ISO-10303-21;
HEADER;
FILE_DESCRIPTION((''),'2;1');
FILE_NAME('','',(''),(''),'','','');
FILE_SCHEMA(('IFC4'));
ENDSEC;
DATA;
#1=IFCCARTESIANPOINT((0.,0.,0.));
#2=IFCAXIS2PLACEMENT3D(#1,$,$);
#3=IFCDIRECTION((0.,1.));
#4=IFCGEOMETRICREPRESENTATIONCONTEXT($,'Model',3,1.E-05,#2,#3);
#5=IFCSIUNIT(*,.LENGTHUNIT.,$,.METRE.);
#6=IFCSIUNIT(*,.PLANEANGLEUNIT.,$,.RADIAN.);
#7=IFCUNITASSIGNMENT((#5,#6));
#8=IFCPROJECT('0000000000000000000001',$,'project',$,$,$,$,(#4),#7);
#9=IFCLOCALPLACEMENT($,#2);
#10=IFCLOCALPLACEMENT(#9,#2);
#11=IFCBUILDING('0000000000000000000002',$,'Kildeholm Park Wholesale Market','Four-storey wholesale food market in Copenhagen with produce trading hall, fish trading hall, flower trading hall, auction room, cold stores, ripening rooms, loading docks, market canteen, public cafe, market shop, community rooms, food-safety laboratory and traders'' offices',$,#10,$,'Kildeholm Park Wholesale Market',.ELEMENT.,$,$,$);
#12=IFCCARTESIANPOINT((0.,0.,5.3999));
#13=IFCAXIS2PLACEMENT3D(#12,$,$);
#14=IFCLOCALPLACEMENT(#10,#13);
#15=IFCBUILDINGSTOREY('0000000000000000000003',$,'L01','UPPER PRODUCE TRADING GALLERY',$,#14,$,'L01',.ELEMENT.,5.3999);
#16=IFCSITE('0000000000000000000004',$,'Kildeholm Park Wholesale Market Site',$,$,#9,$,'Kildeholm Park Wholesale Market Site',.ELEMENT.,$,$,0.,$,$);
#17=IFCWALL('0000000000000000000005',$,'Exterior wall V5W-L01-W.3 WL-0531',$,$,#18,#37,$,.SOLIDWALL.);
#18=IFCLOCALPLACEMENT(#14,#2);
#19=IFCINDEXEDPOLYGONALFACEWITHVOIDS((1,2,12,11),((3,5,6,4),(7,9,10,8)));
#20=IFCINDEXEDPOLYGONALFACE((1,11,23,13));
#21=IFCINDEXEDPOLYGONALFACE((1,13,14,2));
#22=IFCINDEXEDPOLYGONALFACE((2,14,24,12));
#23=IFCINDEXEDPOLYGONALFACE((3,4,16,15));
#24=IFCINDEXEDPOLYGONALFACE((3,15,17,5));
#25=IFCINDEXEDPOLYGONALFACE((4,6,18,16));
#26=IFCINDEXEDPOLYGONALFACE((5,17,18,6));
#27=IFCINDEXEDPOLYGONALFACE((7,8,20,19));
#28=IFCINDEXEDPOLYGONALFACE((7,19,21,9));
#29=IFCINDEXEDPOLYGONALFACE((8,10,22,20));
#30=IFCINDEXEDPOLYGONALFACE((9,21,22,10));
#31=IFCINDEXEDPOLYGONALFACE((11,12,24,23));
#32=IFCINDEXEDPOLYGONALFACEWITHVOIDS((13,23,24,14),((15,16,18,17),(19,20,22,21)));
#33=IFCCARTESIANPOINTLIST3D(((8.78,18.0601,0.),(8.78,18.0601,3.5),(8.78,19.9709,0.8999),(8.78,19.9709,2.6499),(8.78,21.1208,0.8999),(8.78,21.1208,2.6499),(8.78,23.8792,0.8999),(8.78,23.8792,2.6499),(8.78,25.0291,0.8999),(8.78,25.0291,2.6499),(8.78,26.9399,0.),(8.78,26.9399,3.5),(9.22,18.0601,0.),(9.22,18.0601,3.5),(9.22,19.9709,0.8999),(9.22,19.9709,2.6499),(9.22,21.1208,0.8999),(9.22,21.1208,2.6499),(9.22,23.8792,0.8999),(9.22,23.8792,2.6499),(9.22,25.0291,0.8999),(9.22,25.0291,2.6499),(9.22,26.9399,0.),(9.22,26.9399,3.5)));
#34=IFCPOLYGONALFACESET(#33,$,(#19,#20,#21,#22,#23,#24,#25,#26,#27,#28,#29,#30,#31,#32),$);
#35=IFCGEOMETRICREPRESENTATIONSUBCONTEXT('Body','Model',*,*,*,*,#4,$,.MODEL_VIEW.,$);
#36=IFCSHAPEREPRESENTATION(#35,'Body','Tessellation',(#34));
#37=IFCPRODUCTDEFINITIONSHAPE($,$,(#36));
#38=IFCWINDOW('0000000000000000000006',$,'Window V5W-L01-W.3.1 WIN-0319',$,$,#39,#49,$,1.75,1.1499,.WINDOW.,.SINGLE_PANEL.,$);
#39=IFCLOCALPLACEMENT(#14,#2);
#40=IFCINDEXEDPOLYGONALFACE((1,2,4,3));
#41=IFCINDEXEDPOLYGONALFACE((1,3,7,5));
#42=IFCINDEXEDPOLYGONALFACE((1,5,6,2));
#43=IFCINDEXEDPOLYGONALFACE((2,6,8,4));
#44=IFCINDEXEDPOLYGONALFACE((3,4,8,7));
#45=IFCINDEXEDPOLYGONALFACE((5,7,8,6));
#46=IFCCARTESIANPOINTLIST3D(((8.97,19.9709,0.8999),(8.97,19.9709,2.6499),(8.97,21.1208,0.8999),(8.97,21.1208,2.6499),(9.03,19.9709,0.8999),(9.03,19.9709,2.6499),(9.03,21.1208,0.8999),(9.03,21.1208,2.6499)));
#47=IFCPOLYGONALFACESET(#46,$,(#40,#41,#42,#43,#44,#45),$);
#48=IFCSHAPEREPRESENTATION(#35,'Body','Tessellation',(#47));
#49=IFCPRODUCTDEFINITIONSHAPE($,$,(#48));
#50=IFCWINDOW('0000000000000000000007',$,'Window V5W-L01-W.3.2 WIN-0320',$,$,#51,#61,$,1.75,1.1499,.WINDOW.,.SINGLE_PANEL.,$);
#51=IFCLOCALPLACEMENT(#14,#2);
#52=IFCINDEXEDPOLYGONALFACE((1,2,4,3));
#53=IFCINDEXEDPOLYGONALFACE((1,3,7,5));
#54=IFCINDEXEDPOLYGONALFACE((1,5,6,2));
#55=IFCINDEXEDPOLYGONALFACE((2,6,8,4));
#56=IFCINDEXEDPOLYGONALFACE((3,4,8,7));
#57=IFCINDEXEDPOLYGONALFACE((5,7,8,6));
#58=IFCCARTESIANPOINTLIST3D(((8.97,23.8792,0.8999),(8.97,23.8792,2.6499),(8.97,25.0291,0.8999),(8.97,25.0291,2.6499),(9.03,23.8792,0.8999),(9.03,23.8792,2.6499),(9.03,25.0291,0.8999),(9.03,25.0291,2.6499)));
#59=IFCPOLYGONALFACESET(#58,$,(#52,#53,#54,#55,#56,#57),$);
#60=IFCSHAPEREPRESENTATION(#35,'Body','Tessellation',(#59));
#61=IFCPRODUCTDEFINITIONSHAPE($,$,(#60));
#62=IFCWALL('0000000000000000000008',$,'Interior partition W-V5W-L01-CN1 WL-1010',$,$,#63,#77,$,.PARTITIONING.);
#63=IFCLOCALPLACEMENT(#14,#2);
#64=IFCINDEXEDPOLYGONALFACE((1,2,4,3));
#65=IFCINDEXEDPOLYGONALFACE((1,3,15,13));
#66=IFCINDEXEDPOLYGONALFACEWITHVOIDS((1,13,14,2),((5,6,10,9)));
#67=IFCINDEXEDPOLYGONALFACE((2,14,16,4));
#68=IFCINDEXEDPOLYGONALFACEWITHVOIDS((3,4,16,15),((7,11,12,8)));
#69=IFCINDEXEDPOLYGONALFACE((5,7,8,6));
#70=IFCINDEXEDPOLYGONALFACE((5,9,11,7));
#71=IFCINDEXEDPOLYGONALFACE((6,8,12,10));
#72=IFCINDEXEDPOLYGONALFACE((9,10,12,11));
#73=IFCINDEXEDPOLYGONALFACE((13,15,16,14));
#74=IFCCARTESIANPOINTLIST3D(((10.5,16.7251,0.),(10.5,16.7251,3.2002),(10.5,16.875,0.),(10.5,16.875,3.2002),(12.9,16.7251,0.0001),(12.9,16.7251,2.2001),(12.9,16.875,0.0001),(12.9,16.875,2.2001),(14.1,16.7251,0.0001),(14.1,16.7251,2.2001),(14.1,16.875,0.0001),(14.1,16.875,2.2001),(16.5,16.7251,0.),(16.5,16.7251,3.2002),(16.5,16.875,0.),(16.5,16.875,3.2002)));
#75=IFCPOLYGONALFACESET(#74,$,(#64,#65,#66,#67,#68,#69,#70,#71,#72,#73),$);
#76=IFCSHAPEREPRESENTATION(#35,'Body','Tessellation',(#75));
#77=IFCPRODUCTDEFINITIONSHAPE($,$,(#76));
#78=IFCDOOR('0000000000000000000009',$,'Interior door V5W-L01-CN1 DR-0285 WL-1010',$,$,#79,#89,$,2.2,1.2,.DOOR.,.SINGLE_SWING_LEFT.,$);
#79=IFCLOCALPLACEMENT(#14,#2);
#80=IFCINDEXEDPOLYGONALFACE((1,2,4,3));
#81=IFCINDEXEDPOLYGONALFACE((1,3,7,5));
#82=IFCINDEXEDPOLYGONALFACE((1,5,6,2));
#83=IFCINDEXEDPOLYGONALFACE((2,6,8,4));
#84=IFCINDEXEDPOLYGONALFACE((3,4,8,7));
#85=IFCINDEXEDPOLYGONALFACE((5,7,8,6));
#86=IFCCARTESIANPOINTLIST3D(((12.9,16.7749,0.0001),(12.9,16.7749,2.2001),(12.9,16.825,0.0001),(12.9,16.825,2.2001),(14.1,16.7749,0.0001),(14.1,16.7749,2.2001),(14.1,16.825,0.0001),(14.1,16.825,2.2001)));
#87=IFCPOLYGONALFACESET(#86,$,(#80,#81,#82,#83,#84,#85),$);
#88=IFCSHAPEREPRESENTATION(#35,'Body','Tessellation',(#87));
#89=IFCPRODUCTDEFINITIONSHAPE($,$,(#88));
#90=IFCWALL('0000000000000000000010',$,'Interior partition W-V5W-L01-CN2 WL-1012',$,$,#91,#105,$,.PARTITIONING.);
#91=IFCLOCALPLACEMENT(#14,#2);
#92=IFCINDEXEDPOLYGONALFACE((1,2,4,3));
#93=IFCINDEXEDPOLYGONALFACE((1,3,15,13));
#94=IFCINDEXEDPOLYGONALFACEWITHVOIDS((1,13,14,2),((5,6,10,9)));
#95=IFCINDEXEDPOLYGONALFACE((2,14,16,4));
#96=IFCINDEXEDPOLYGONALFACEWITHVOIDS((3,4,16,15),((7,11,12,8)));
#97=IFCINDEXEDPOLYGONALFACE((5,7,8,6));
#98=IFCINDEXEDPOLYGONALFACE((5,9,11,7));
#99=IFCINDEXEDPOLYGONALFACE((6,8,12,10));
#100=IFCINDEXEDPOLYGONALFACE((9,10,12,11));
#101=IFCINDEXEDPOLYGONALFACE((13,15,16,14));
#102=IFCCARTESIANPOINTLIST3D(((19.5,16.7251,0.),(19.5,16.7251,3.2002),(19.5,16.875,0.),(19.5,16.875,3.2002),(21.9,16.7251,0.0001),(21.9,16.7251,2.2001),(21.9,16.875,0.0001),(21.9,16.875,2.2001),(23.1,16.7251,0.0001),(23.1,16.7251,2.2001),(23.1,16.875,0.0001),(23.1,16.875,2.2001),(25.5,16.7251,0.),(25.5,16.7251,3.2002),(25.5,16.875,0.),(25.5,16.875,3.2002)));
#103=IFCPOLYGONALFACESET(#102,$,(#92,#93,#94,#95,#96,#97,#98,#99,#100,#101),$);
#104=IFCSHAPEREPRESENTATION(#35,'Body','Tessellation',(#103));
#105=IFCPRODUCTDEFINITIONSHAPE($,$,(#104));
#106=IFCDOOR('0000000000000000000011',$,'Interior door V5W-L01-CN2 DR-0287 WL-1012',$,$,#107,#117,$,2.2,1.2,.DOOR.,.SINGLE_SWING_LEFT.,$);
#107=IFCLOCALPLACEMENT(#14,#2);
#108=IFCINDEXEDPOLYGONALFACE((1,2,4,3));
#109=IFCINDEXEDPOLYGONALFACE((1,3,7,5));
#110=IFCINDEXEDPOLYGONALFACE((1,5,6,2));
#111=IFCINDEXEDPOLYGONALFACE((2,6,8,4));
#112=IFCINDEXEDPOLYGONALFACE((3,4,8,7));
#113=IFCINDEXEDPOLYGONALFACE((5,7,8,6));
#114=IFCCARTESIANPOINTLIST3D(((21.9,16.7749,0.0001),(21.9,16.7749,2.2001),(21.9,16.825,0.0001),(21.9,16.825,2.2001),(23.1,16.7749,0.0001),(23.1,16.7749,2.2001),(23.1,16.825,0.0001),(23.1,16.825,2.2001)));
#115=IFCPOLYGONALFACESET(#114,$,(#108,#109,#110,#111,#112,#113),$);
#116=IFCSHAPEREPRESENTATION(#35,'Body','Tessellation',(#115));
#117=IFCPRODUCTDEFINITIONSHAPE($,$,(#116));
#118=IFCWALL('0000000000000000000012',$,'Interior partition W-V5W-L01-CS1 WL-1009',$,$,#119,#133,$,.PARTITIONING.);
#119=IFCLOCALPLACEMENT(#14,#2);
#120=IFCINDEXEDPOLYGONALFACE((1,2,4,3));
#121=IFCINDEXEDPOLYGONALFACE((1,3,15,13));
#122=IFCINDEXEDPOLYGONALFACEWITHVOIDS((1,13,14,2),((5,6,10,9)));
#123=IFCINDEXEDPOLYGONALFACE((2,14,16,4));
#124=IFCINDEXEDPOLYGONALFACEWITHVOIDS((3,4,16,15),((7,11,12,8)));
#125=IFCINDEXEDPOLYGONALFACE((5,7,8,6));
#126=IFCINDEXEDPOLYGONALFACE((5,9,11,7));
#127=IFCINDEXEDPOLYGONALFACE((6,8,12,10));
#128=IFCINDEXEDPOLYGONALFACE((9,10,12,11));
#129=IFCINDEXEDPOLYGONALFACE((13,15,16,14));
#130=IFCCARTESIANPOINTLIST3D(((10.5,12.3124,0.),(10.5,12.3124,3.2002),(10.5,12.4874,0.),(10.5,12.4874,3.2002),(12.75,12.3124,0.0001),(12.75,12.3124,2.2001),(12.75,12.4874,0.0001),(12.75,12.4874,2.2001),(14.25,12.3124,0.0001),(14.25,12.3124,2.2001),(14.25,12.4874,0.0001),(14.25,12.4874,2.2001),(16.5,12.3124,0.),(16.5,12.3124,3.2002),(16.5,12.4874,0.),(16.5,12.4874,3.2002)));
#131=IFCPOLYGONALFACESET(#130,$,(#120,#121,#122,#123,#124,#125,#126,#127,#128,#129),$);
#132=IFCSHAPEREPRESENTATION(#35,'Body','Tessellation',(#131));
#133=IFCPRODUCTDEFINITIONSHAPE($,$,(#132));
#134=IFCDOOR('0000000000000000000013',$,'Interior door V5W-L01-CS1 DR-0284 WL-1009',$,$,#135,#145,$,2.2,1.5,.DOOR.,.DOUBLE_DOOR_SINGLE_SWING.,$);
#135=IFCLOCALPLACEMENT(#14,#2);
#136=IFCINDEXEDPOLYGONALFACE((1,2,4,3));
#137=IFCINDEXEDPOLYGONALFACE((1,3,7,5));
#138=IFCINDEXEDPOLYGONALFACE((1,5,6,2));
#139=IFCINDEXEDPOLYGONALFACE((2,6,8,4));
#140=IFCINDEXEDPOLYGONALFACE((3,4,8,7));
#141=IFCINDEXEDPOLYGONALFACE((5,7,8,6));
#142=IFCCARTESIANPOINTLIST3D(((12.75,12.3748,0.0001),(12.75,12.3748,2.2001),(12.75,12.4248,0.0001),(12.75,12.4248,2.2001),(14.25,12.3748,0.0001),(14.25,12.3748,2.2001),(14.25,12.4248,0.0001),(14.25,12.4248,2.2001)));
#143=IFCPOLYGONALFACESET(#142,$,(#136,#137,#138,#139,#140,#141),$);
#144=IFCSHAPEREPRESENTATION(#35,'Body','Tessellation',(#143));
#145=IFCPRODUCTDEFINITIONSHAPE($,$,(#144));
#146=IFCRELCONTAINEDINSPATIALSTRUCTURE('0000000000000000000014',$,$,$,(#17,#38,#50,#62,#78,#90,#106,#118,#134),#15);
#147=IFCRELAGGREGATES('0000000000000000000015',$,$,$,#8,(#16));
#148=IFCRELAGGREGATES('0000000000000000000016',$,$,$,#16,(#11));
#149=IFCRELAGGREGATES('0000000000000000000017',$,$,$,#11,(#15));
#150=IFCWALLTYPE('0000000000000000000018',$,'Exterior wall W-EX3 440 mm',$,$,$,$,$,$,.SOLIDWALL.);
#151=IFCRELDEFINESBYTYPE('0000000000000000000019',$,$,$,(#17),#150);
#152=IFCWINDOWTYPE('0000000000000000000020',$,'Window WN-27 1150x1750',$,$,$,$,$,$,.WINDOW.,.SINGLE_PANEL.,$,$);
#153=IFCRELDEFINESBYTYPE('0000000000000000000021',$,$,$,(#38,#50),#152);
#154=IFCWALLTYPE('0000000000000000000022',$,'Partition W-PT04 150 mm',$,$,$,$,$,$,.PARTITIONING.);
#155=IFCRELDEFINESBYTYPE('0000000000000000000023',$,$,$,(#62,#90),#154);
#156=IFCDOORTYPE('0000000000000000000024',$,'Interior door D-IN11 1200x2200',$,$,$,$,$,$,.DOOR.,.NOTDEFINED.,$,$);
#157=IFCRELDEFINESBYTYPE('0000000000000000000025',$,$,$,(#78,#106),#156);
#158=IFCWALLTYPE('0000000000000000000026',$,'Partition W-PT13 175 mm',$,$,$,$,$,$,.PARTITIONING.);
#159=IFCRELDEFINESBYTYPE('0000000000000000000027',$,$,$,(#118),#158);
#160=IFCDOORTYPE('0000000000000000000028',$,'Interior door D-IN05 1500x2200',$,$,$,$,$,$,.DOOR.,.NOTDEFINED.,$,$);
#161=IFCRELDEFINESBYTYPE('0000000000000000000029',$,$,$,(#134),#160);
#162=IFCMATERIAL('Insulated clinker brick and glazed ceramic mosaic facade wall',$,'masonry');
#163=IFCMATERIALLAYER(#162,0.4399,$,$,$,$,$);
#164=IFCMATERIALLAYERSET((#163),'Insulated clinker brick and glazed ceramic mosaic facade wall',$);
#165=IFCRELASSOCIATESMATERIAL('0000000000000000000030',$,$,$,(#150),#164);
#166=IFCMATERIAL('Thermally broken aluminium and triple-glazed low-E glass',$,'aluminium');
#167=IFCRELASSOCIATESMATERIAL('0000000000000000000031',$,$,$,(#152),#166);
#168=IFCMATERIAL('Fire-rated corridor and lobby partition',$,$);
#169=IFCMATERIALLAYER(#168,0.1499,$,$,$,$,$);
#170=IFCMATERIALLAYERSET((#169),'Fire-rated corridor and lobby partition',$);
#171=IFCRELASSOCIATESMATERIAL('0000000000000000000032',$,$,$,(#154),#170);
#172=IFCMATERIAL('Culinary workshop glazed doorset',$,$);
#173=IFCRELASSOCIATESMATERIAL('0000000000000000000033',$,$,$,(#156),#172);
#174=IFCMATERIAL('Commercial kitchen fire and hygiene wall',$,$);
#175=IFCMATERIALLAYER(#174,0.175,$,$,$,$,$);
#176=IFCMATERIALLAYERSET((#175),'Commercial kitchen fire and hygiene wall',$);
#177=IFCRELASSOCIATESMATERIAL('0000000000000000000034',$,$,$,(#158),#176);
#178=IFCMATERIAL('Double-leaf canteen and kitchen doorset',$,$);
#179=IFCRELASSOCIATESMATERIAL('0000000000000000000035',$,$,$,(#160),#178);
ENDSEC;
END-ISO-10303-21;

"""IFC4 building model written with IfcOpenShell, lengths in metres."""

from ifc_helpers import new_model, si_unit, direction, frame, frame_2d, origin, place, context, subcontext, project, spatial, rectangle, extrude, material, layer, layer_set, type_object, element, fill, save


model = new_model("IFC4")

# Units and contexts
model_context = context("Model", 3, precision=1e-05, world=origin(), true_north=direction((0.0, 1.0)))
body_context = subcontext(model_context, "Body", "Model", "MODEL_VIEW")
ifc_project = project(units=[si_unit("LENGTHUNIT", "METRE"), si_unit("PLANEANGLEUNIT", "RADIAN")], contexts=[model_context])

# Site, building, storey
site_placement = place(None, origin())
site = spatial("IfcSite", under=ifc_project, at=site_placement, Name="Kildeholm Park Wholesale Market Site", LongName="Kildeholm Park Wholesale Market Site", CompositionType="ELEMENT", RefElevation=0.0)
building_placement = place(site_placement, origin())
building = spatial("IfcBuilding", under=site, at=building_placement, Name="Kildeholm Park Wholesale Market", Description="Four-storey wholesale food market in Copenhagen with produce trading hall, fish trading hall, flower trading hall, auction room, cold stores, ripening rooms, loading docks, market canteen, public cafe, market shop, community rooms, food-safety laboratory and traders' offices", LongName="Kildeholm Park Wholesale Market", CompositionType="ELEMENT")
storey_placement = place(building_placement, frame((0.0, 0.0, 5.3999)))
storey = spatial("IfcBuildingStorey", under=building, at=storey_placement, Name="L01", Description="UPPER PRODUCE TRADING GALLERY", LongName="L01", CompositionType="ELEMENT", Elevation=5.3999)

# Shared definitions
ifc_material_1 = material(Name="Insulated clinker brick and glazed ceramic mosaic facade wall", Category="masonry")
ifc_layer_1 = layer(ifc_material_1, 0.4399)
ifc_layer_set_1 = layer_set([ifc_layer_1], Name="Insulated clinker brick and glazed ceramic mosaic facade wall")
wall_type_1 = type_object("IfcWallType", Name="Exterior wall W-EX3 440 mm", PredefinedType="SOLIDWALL", material=ifc_layer_set_1)

# Wall, openings, windows
ifc_material_2 = material(Name="Thermally broken aluminium and triple-glazed low-E glass", Category="aluminium")
wall_1_placement = place(storey_placement, frame((9.0, 18.0601, 0.0), z_axis=(0.0, 0.0, 1.0), x_axis=(0.0, 1.0, 0.0)))
wall_1 = element("IfcWall", 1, at=wall_1_placement, inside=storey, type_object=wall_type_1, Name="Exterior wall V5W-L01-W.3 WL-0531", PredefinedType="SOLIDWALL", context=body_context, shape_type="SweptSolid", body=[
    extrude(rectangle(XDim=8.8799, YDim=0.4399, at=frame_2d((4.4399, 0.0))), origin(), (0.0, 0.0, 1.0), 3.5),
])
opening_1_placement = place(wall_1_placement, frame((1.9109, 0.0, 0.8999)))
opening_1 = element("IfcOpeningElement", 2, at=opening_1_placement, cuts=wall_1, PredefinedType="OPENING", context=body_context, shape_type="SweptSolid", body=[
    extrude(rectangle(XDim=1.1499, YDim=1.75, at=frame_2d((0.575, 0.875))), frame((0.0, 0.23, 0.0), z_axis=(0.0, -1.0, 0.0), x_axis=(1.0, 0.0, 0.0)), (0.0, 0.0, 1.0), 0.46),
])
opening_2_placement = place(wall_1_placement, frame((5.8191, 0.0, 0.8999)))
opening_2 = element("IfcOpeningElement", 3, at=opening_2_placement, cuts=wall_1, PredefinedType="OPENING", context=body_context, shape_type="SweptSolid", body=[
    extrude(rectangle(XDim=1.1499, YDim=1.75, at=frame_2d((0.575, 0.875))), frame((0.0, 0.23, 0.0), z_axis=(0.0, -1.0, 0.0), x_axis=(1.0, 0.0, 0.0)), (0.0, 0.0, 1.0), 0.46),
])
window_type_1 = type_object("IfcWindowType", Name="Window WN-27 1150x1750", PartitioningType="SINGLE_PANEL", PredefinedType="WINDOW", material=ifc_material_2)
window_1_placement = place(opening_1_placement, origin())
window_1 = element("IfcWindow", 4, at=window_1_placement, inside=storey, type_object=window_type_1, Name="Window V5W-L01-W.3.1 WIN-0319", OverallHeight=1.75, OverallWidth=1.1499, PartitioningType="SINGLE_PANEL", PredefinedType="WINDOW", context=body_context, shape_type="SweptSolid", body=[
    extrude(rectangle(XDim=1.1499, YDim=1.75, at=frame_2d((0.575, 0.875))), frame((0.0, 0.03, 0.0), z_axis=(0.0, -1.0, 0.0), x_axis=(1.0, 0.0, 0.0)), (0.0, 0.0, 1.0), 0.0601),
])
fill(opening_1, window_1)
window_2_placement = place(opening_2_placement, origin())
window_2 = element("IfcWindow", 5, at=window_2_placement, inside=storey, type_object=window_type_1, Name="Window V5W-L01-W.3.2 WIN-0320", OverallHeight=1.75, OverallWidth=1.1499, PartitioningType="SINGLE_PANEL", PredefinedType="WINDOW", context=body_context, shape_type="SweptSolid", body=[
    extrude(rectangle(XDim=1.1499, YDim=1.75, at=frame_2d((0.575, 0.875))), frame((0.0, 0.03, 0.0), z_axis=(0.0, -1.0, 0.0), x_axis=(1.0, 0.0, 0.0)), (0.0, 0.0, 1.0), 0.0601),
])
fill(opening_2, window_2)

# Walls, openings, doors
ifc_material_3 = material(Name="Fire-rated corridor and lobby partition")
ifc_layer_2 = layer(ifc_material_3, 0.1499)
ifc_layer_set_2 = layer_set([ifc_layer_2], Name="Fire-rated corridor and lobby partition")
wall_type_2 = type_object("IfcWallType", Name="Partition W-PT04 150 mm", PredefinedType="PARTITIONING", material=ifc_layer_set_2)
wall_2_placement = place(storey_placement, frame((10.5, 16.8, 0.0), z_axis=(0.0, 0.0, 1.0), x_axis=(1.0, 0.0, 0.0)))
wall_2 = element("IfcWall", 6, at=wall_2_placement, inside=storey, type_object=wall_type_2, Name="Interior partition W-V5W-L01-CN1 WL-1010", PredefinedType="PARTITIONING", context=body_context, shape_type="SweptSolid", body=[
    extrude(rectangle(XDim=6.0, YDim=0.1499, at=frame_2d((3.0, 0.0))), origin(), (0.0, 0.0, 1.0), 3.2002),
])
opening_3_placement = place(wall_2_placement, frame((2.3999, 0.0, 0.0)))
opening_3 = element("IfcOpeningElement", 7, at=opening_3_placement, cuts=wall_2, PredefinedType="OPENING", context=body_context, shape_type="SweptSolid", body=[
    extrude(rectangle(XDim=1.2, YDim=2.2, at=frame_2d((0.6001, 1.1001))), frame((0.0, 0.085, 0.0), z_axis=(0.0, -1.0, 0.0), x_axis=(1.0, 0.0, 0.0)), (0.0, 0.0, 1.0), 0.1699),
])
ifc_material_4 = material(Name="Culinary workshop glazed doorset")
door_type_1 = type_object("IfcDoorType", Name="Interior door D-IN11 1200x2200", OperationType="NOTDEFINED", PredefinedType="DOOR", material=ifc_material_4)
door_1_placement = place(opening_3_placement, origin())
door_1 = element("IfcDoor", 8, at=door_1_placement, inside=storey, type_object=door_type_1, Name="Interior door V5W-L01-CN1 DR-0285 WL-1010", OperationType="SINGLE_SWING_LEFT", OverallHeight=2.2, OverallWidth=1.2, PredefinedType="DOOR", context=body_context, shape_type="SweptSolid", body=[
    extrude(rectangle(XDim=1.2, YDim=2.2, at=frame_2d((0.6001, 1.1001))), frame((0.0, 0.0249, 0.0), z_axis=(0.0, -1.0, 0.0), x_axis=(1.0, 0.0, 0.0)), (0.0, 0.0, 1.0), 0.05),
])
fill(opening_3, door_1)
wall_3_placement = place(storey_placement, frame((19.5, 16.8, 0.0), z_axis=(0.0, 0.0, 1.0), x_axis=(1.0, 0.0, 0.0)))
wall_3 = element("IfcWall", 9, at=wall_3_placement, inside=storey, type_object=wall_type_2, Name="Interior partition W-V5W-L01-CN2 WL-1012", PredefinedType="PARTITIONING", context=body_context, shape_type="SweptSolid", body=[
    extrude(rectangle(XDim=6.0, YDim=0.1499, at=frame_2d((3.0, 0.0))), origin(), (0.0, 0.0, 1.0), 3.2002),
])
opening_4_placement = place(wall_3_placement, frame((2.3999, 0.0, 0.0)))
opening_4 = element("IfcOpeningElement", 10, at=opening_4_placement, cuts=wall_3, PredefinedType="OPENING", context=body_context, shape_type="SweptSolid", body=[
    extrude(rectangle(XDim=1.2, YDim=2.2, at=frame_2d((0.6001, 1.1001))), frame((0.0, 0.085, 0.0), z_axis=(0.0, -1.0, 0.0), x_axis=(1.0, 0.0, 0.0)), (0.0, 0.0, 1.0), 0.1699),
])
door_2_placement = place(opening_4_placement, origin())
door_2 = element("IfcDoor", 11, at=door_2_placement, inside=storey, type_object=door_type_1, Name="Interior door V5W-L01-CN2 DR-0287 WL-1012", OperationType="SINGLE_SWING_LEFT", OverallHeight=2.2, OverallWidth=1.2, PredefinedType="DOOR", context=body_context, shape_type="SweptSolid", body=[
    extrude(rectangle(XDim=1.2, YDim=2.2, at=frame_2d((0.6001, 1.1001))), frame((0.0, 0.0249, 0.0), z_axis=(0.0, -1.0, 0.0), x_axis=(1.0, 0.0, 0.0)), (0.0, 0.0, 1.0), 0.05),
])
fill(opening_4, door_2)
ifc_material_5 = material(Name="Commercial kitchen fire and hygiene wall")
ifc_layer_3 = layer(ifc_material_5, 0.175)
ifc_layer_set_3 = layer_set([ifc_layer_3], Name="Commercial kitchen fire and hygiene wall")
wall_type_3 = type_object("IfcWallType", Name="Partition W-PT13 175 mm", PredefinedType="PARTITIONING", material=ifc_layer_set_3)
wall_4_placement = place(storey_placement, frame((10.5, 12.3999, 0.0), z_axis=(0.0, 0.0, 1.0), x_axis=(1.0, 0.0, 0.0)))
wall_4 = element("IfcWall", 12, at=wall_4_placement, inside=storey, type_object=wall_type_3, Name="Interior partition W-V5W-L01-CS1 WL-1009", PredefinedType="PARTITIONING", context=body_context, shape_type="SweptSolid", body=[
    extrude(rectangle(XDim=6.0, YDim=0.175, at=frame_2d((3.0, 0.0))), origin(), (0.0, 0.0, 1.0), 3.2002),
])
opening_5_placement = place(wall_4_placement, frame((2.25, 0.0, 0.0)))
opening_5 = element("IfcOpeningElement", 13, at=opening_5_placement, cuts=wall_4, PredefinedType="OPENING", context=body_context, shape_type="SweptSolid", body=[
    extrude(rectangle(XDim=1.5, YDim=2.2, at=frame_2d((0.75, 1.1001))), frame((0.0, 0.0974, 0.0), z_axis=(0.0, -1.0, 0.0), x_axis=(1.0, 0.0, 0.0)), (0.0, 0.0, 1.0), 0.1951),
])
ifc_material_6 = material(Name="Double-leaf canteen and kitchen doorset")
door_type_2 = type_object("IfcDoorType", Name="Interior door D-IN05 1500x2200", OperationType="NOTDEFINED", PredefinedType="DOOR", material=ifc_material_6)
door_3_placement = place(opening_5_placement, origin())
door_3 = element("IfcDoor", 14, at=door_3_placement, inside=storey, type_object=door_type_2, Name="Interior door V5W-L01-CS1 DR-0284 WL-1009", OperationType="DOUBLE_DOOR_SINGLE_SWING", OverallHeight=2.2, OverallWidth=1.5, PredefinedType="DOOR", context=body_context, shape_type="SweptSolid", body=[
    extrude(rectangle(XDim=1.5, YDim=2.2, at=frame_2d((0.75, 1.1001))), frame((0.0, 0.0249, 0.0), z_axis=(0.0, -1.0, 0.0), x_axis=(1.0, 0.0, 0.0)), (0.0, 0.0, 1.0), 0.05),
])
fill(opening_5, door_3)

save(model, "model.ifc")
